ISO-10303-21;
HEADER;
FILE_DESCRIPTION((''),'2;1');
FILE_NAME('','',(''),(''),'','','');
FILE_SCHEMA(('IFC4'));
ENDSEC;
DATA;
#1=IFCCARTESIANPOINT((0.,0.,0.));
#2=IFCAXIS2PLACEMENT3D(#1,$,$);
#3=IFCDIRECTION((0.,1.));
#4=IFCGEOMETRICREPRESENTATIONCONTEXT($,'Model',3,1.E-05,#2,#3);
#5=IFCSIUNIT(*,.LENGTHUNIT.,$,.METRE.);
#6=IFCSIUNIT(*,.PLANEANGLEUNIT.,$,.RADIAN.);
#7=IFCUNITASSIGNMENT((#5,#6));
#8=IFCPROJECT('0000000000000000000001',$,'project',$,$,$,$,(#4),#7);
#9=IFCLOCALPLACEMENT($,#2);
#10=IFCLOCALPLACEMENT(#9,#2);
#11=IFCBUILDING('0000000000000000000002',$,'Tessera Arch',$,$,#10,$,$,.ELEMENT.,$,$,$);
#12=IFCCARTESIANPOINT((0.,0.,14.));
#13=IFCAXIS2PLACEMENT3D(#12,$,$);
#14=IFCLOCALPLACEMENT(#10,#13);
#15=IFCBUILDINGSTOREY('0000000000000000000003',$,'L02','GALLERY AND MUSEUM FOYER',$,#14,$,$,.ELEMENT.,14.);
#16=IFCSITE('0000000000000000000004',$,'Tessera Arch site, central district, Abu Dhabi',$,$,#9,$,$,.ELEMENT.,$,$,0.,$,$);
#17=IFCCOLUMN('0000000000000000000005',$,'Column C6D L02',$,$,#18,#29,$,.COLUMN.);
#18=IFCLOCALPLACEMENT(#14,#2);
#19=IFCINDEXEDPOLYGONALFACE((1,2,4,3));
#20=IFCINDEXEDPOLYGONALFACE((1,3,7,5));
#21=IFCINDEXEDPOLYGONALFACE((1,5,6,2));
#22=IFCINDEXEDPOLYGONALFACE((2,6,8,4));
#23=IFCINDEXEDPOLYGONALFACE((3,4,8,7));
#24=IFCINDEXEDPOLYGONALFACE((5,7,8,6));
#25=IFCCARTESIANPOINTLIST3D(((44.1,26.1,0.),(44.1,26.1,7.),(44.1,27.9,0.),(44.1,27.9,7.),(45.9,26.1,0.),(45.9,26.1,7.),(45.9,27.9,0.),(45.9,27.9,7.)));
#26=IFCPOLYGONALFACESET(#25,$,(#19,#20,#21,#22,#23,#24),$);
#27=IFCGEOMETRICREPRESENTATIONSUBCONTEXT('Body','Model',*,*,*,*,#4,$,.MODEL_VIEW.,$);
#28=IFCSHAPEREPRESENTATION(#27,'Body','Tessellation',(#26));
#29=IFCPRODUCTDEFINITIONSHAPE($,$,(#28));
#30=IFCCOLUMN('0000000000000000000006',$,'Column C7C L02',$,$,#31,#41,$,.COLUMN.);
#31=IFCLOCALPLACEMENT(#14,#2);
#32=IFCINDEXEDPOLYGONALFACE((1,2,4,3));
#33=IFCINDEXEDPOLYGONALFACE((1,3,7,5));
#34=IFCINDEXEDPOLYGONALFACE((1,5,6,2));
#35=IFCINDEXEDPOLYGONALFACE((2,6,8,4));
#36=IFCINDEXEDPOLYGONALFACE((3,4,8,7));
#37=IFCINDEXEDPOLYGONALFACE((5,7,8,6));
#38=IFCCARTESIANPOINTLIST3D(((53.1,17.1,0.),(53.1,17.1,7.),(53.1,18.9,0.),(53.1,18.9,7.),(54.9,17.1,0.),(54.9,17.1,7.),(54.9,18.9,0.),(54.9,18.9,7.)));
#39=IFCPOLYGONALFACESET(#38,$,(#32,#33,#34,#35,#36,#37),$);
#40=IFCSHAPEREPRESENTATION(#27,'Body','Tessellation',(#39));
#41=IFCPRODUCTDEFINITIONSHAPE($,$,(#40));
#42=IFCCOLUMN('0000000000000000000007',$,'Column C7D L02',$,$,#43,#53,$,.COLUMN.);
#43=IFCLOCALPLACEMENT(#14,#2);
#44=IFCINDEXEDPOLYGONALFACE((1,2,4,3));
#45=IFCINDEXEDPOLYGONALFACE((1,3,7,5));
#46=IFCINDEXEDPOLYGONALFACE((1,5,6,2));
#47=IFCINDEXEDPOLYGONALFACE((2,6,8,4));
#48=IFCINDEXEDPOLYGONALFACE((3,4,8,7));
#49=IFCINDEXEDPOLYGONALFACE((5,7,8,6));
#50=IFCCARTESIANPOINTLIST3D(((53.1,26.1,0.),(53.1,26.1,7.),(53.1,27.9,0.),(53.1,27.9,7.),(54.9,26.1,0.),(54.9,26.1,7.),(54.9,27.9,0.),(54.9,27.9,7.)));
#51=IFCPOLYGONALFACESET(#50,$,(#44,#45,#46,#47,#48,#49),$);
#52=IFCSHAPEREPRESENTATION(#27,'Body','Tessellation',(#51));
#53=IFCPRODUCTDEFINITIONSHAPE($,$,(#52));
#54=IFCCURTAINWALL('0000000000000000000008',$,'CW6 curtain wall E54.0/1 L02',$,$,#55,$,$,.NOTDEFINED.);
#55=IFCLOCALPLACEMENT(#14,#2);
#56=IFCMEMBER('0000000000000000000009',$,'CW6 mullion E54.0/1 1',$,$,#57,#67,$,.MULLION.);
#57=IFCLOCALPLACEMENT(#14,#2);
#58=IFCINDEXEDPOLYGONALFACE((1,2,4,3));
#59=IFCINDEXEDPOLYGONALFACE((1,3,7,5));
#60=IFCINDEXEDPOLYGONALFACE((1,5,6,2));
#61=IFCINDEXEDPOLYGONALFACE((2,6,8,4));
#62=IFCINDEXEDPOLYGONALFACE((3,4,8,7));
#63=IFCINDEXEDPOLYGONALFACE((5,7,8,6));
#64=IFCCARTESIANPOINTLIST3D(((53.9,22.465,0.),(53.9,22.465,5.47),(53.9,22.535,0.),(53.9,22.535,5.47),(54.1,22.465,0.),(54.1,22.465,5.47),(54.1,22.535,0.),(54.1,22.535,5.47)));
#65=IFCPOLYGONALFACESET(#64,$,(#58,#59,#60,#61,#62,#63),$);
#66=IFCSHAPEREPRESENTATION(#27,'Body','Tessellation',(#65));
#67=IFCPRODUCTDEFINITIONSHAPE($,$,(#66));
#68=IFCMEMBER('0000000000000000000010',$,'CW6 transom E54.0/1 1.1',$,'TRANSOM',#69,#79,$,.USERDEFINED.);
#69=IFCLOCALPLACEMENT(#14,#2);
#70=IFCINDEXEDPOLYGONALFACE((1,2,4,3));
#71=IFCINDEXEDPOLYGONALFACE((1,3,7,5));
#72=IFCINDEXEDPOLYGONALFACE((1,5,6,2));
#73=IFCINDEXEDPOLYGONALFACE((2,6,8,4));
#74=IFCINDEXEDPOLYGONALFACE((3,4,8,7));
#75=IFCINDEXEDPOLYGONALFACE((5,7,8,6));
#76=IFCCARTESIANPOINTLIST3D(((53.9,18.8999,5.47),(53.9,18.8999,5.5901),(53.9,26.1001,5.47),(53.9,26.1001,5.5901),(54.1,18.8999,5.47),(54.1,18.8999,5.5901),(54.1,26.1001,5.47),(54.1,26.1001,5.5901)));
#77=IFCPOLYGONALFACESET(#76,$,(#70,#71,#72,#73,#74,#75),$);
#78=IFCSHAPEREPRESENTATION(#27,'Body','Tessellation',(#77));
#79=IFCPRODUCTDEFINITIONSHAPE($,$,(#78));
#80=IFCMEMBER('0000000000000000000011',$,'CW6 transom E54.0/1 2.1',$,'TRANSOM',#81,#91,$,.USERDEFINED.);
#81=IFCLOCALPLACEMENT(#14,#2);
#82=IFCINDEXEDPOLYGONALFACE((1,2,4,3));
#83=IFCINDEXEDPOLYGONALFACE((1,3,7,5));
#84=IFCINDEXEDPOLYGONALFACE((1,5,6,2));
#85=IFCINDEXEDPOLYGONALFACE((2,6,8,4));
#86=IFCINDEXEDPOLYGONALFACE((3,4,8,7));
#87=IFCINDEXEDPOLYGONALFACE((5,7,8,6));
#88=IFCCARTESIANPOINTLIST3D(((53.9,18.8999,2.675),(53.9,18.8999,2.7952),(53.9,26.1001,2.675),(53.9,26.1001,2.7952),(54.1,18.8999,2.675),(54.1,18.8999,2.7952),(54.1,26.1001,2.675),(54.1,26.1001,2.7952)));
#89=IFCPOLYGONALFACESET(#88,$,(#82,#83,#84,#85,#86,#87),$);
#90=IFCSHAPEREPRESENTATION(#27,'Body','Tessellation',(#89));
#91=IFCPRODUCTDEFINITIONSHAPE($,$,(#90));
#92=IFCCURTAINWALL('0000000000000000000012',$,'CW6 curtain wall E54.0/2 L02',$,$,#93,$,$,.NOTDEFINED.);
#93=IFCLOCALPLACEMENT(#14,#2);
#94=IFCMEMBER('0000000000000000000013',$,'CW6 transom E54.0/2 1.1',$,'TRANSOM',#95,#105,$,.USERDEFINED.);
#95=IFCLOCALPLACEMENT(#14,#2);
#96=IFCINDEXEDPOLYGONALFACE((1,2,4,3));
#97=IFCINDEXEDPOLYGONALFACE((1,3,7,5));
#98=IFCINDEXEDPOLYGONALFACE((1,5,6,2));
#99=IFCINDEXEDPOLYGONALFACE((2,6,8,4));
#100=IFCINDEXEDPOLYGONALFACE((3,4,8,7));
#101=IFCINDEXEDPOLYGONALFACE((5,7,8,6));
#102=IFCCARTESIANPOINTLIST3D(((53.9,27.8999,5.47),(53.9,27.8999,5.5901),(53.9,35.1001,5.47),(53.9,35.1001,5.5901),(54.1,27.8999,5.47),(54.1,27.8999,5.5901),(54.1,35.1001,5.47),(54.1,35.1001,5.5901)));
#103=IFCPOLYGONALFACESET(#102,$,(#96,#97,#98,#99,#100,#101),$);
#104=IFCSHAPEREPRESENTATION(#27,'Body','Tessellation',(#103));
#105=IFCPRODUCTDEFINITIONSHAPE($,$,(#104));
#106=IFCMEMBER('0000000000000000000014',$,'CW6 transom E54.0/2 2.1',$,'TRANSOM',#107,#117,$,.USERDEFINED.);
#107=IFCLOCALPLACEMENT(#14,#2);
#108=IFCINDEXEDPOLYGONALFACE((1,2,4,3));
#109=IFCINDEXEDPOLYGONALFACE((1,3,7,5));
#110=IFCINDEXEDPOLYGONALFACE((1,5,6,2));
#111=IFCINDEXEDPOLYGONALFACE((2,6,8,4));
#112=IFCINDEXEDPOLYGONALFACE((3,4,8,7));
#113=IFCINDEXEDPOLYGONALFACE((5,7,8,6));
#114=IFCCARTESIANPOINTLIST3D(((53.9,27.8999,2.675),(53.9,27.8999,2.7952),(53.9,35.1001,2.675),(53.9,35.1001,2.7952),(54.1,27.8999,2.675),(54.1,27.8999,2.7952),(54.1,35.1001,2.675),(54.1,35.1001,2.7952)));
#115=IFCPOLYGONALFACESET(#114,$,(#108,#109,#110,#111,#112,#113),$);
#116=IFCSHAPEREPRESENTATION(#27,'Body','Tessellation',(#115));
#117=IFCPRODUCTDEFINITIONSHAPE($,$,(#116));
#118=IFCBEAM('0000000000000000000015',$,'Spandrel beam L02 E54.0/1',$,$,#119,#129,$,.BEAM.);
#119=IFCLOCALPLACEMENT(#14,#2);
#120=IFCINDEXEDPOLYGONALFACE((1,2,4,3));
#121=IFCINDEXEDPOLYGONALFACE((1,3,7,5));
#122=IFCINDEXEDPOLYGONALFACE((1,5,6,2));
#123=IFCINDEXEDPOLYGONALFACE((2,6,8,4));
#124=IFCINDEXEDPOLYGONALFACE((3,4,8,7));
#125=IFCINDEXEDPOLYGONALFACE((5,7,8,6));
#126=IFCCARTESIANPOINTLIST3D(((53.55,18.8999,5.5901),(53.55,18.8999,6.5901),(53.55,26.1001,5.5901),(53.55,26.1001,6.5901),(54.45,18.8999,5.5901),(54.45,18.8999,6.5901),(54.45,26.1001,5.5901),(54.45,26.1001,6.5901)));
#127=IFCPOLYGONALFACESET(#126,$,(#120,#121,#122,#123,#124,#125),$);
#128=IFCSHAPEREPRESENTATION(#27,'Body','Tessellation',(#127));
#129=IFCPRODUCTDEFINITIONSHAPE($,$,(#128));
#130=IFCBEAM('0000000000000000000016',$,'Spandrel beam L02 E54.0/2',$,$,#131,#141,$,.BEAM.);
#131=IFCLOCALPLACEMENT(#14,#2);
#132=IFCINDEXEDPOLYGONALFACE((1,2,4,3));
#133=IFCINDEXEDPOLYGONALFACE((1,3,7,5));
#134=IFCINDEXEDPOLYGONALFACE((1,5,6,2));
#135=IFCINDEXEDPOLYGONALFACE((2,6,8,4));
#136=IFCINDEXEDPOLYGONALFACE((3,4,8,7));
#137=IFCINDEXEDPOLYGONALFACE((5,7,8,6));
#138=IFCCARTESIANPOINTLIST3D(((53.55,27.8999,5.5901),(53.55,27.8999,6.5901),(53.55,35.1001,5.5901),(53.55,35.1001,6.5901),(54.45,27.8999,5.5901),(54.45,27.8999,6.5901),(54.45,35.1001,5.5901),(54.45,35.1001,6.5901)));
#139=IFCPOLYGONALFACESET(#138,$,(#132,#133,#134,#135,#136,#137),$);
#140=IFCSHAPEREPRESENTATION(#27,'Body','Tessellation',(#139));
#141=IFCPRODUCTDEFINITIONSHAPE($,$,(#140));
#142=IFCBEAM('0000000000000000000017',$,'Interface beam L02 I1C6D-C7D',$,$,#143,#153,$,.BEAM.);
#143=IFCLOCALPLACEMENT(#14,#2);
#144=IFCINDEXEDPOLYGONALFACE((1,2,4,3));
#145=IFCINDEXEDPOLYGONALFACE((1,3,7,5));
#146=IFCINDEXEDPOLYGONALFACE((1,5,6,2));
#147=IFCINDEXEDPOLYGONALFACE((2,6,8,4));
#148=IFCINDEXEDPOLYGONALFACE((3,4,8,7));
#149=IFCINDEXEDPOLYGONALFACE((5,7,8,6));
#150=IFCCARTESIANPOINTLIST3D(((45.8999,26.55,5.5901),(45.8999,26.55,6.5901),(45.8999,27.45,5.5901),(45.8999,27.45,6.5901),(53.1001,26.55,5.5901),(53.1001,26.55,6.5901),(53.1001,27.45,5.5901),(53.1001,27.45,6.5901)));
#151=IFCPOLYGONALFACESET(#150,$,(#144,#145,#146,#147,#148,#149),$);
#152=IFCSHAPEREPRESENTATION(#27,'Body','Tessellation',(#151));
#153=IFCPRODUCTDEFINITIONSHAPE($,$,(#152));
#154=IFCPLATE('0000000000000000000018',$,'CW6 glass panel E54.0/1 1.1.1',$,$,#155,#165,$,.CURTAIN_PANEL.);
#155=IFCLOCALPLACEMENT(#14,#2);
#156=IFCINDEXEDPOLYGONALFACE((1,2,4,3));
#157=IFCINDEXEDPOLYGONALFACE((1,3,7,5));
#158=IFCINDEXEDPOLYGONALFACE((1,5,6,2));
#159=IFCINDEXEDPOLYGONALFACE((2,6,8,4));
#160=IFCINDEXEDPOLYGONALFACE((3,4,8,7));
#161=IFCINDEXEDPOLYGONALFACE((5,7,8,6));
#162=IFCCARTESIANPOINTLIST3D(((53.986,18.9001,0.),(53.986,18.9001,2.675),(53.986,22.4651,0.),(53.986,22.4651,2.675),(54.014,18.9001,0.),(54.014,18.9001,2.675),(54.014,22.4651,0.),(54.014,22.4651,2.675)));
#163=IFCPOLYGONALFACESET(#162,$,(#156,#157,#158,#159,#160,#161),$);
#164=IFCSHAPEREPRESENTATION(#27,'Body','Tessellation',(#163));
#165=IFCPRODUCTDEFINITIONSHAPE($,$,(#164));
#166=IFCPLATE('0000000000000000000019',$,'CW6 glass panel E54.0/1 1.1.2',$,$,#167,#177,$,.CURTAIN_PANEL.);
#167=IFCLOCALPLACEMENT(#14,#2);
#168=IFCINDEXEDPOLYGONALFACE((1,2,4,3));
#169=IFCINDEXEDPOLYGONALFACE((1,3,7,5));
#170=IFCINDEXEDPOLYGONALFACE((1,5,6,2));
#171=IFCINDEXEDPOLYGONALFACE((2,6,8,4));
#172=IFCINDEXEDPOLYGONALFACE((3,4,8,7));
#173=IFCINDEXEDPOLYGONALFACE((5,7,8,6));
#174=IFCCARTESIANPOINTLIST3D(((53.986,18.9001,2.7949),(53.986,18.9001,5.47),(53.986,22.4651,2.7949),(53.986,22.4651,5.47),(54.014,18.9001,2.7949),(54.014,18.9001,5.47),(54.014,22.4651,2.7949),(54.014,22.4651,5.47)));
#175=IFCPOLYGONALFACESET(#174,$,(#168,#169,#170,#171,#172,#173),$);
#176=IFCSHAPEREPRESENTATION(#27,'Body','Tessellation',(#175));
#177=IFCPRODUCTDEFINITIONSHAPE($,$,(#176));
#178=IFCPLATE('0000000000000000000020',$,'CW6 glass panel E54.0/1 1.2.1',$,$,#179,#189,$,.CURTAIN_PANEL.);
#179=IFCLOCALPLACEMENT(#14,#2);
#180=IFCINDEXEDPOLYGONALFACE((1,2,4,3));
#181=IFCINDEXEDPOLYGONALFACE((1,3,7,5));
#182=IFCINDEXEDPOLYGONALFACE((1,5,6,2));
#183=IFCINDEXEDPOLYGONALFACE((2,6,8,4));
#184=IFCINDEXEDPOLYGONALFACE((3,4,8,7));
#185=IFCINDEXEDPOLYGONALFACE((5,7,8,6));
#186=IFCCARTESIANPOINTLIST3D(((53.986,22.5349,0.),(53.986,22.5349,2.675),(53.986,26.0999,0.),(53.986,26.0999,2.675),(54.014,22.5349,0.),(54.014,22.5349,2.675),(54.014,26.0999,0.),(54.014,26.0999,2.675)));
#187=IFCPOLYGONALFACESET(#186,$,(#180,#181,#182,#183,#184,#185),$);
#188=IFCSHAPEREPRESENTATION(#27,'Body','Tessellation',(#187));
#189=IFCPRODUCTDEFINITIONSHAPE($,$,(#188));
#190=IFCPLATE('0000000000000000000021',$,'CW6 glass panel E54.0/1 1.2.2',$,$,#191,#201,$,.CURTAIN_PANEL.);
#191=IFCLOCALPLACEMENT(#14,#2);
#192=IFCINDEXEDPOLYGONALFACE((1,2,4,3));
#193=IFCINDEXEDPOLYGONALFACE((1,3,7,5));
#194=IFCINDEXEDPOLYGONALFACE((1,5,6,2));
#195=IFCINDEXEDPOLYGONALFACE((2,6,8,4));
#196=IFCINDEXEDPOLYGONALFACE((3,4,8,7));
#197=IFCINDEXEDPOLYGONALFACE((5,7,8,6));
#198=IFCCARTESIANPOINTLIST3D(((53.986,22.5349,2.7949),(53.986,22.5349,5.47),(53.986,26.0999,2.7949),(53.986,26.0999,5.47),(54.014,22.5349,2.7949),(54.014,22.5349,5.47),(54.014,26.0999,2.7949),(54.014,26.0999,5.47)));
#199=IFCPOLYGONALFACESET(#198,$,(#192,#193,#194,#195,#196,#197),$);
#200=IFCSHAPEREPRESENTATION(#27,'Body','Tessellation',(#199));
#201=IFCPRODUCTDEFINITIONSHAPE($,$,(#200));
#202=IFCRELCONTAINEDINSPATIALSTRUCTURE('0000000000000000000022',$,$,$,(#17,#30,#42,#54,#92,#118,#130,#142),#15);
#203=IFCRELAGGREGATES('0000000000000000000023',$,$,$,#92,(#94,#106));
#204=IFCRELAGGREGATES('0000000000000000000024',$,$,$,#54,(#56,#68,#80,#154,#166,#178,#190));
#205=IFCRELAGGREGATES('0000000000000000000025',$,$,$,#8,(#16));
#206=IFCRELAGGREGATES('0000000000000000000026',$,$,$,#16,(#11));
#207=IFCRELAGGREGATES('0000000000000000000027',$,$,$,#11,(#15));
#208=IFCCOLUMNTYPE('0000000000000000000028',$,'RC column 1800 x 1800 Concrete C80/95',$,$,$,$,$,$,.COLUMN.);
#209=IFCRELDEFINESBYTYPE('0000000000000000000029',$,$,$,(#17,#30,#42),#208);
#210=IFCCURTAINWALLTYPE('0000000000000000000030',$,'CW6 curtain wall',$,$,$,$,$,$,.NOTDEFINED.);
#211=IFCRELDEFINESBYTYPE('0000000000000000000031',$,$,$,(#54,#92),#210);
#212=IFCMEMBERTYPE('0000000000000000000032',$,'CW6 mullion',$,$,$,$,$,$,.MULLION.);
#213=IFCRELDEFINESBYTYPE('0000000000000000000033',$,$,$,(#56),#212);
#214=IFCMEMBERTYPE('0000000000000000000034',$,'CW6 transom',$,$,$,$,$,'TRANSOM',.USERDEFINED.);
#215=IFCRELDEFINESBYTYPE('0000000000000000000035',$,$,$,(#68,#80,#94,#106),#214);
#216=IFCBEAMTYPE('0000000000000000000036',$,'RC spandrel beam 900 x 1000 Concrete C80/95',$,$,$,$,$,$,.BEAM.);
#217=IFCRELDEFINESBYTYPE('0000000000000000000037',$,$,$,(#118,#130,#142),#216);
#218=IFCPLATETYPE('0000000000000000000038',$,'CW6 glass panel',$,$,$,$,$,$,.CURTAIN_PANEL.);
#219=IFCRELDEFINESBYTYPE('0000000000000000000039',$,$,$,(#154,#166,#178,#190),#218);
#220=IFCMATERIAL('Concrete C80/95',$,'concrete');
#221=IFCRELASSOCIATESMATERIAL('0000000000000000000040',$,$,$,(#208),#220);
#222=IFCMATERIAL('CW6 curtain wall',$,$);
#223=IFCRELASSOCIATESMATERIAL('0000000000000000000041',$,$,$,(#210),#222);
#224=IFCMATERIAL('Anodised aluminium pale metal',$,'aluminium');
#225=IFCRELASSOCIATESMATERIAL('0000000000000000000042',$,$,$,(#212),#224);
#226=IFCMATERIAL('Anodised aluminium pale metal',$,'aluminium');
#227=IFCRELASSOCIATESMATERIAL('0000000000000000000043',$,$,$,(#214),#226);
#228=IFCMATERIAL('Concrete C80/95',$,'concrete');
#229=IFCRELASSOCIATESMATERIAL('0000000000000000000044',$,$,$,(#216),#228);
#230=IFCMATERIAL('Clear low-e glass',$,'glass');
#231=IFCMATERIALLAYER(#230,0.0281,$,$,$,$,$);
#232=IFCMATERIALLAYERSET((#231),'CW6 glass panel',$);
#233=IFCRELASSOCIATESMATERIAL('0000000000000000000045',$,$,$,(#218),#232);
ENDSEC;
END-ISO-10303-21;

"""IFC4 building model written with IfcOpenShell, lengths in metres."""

from ifc_helpers import new_model, si_unit, direction, frame, origin, origin_2d, place, context, subcontext, project, spatial, rectangle, extrude, material, layer, layer_set, material_profile, profile_set, type_object, element, aggregate, save


model = new_model("IFC4")

# Units and contexts
model_context = context("Model", 3, precision=1e-05, world=origin(), true_north=direction((0.0, 1.0)))
body_context = subcontext(model_context, "Body", "Model", "MODEL_VIEW")
ifc_project = project(units=[si_unit("LENGTHUNIT", "METRE"), si_unit("PLANEANGLEUNIT", "RADIAN")], contexts=[model_context])

# Site, building, storey
site_placement = place(None, origin())
site = spatial("IfcSite", under=ifc_project, at=site_placement, Name="Tessera Arch site, central district, Abu Dhabi", CompositionType="ELEMENT", RefElevation=0.0)
building_placement = place(site_placement, origin())
building = spatial("IfcBuilding", under=site, at=building_placement, Name="Tessera Arch", CompositionType="ELEMENT")
storey_placement = place(building_placement, frame((0.0, 0.0, 14.0)))
storey = spatial("IfcBuildingStorey", under=building, at=storey_placement, Name="L02", Description="GALLERY AND MUSEUM FOYER", CompositionType="ELEMENT", Elevation=14.0)

# Columns
ifc_material_1 = material(Name="Concrete C80/95", Category="concrete")
ifc_material_profile_1 = material_profile(ifc_material_1, rectangle(XDim=1.8, YDim=1.8, at=origin_2d()), Name="RC column 1800 x 1800 Concrete C80/95")
ifc_profile_set_1 = profile_set([ifc_material_profile_1], Name="Concrete C80/95")
column_type = type_object("IfcColumnType", Name="RC column 1800 x 1800 Concrete C80/95", PredefinedType="COLUMN", material=ifc_profile_set_1)
for number, where, z_axis, x_axis, name in (
    (1, (45.0, 27.0, 0.0), (0.0, 0.0, 1.0), (1.0, 0.0, 0.0), "Column C6D L02"),
    (2, (54.0, 18.0, 0.0), (0.0, 0.0, 1.0), (1.0, 0.0, 0.0), "Column C7C L02"),
    (3, (54.0, 27.0, 0.0), (0.0, 0.0, 1.0), (1.0, 0.0, 0.0), "Column C7D L02"),
):
    element("IfcColumn", number, at=place(storey_placement, frame(where, z_axis=z_axis, x_axis=x_axis)), inside=storey, type_object=column_type, Name=name, PredefinedType="COLUMN", context=body_context, shape_type="SweptSolid", body=[
        extrude(rectangle(XDim=1.8, YDim=1.8, at=origin_2d()), origin(), (0.0, 0.0, 1.0), 7.0),
    ])

# Curtain walls, members
ifc_material_2 = material(Name="CW6 curtain wall")
curtain_wall_type = type_object("IfcCurtainWallType", Name="CW6 curtain wall", PredefinedType="NOTDEFINED", material=ifc_material_2)
curtain_wall_1_placement = place(storey_placement, origin())
curtain_wall_1 = element("IfcCurtainWall", 4, at=curtain_wall_1_placement, inside=storey, type_object=curtain_wall_type, Name="CW6 curtain wall E54.0/1 L02", PredefinedType="NOTDEFINED")
ifc_material_3 = material(Name="Anodised aluminium pale metal", Category="aluminium")
ifc_material_profile_2 = material_profile(ifc_material_3, rectangle(XDim=0.2, YDim=0.0701, at=origin_2d()), Name="AL 70x200")
ifc_profile_set_2 = profile_set([ifc_material_profile_2], Name="Anodised aluminium pale metal")
member_type_1 = type_object("IfcMemberType", Name="CW6 mullion", PredefinedType="MULLION", material=ifc_profile_set_2)
member_1_placement = place(storey_placement, frame((54.0, 22.5, 0.0), z_axis=(0.0, 0.0, 1.0), x_axis=(-1.0, 0.0, 0.0)))
member_1 = element("IfcMember", 5, at=member_1_placement, type_object=member_type_1, Name="CW6 mullion E54.0/1 1", PredefinedType="MULLION", context=body_context, shape_type="SweptSolid", body=[
    extrude(rectangle(XDim=0.2, YDim=0.0701, at=origin_2d()), origin(), (0.0, 0.0, 1.0), 5.47),
])
ifc_material_4 = material(Name="Anodised aluminium pale metal", Category="aluminium")
ifc_material_profile_3 = material_profile(ifc_material_4, rectangle(XDim=0.2, YDim=0.1201, at=origin_2d()), Name="AL 200x120")
ifc_profile_set_3 = profile_set([ifc_material_profile_3], Name="Anodised aluminium pale metal")
member_type_2 = type_object("IfcMemberType", Name="CW6 transom", ElementType="TRANSOM", PredefinedType="USERDEFINED", material=ifc_profile_set_3)
member_2_placement = place(storey_placement, frame((54.0, 18.8999, 5.53), z_axis=(0.0, 1.0, 0.0), x_axis=(-1.0, 0.0, 0.0)))
member_2 = element("IfcMember", 6, at=member_2_placement, type_object=member_type_2, Name="CW6 transom E54.0/1 1.1", ObjectType="TRANSOM", PredefinedType="USERDEFINED", context=body_context, shape_type="SweptSolid", body=[
    extrude(rectangle(XDim=0.2, YDim=0.1201, at=origin_2d()), origin(), (0.0, 0.0, 1.0), 7.2002),
])
member_3_placement = place(storey_placement, frame((54.0, 18.8999, 2.7351), z_axis=(0.0, 1.0, 0.0), x_axis=(-1.0, 0.0, 0.0)))
member_3 = element("IfcMember", 7, at=member_3_placement, type_object=member_type_2, Name="CW6 transom E54.0/1 2.1", ObjectType="TRANSOM", PredefinedType="USERDEFINED", context=body_context, shape_type="SweptSolid", body=[
    extrude(rectangle(XDim=0.2, YDim=0.1201, at=origin_2d()), origin(), (0.0, 0.0, 1.0), 7.2002),
])
curtain_wall_2_placement = place(storey_placement, origin())
curtain_wall_2 = element("IfcCurtainWall", 8, at=curtain_wall_2_placement, inside=storey, type_object=curtain_wall_type, Name="CW6 curtain wall E54.0/2 L02", PredefinedType="NOTDEFINED")
member_4_placement = place(storey_placement, frame((54.0, 27.8999, 5.53), z_axis=(0.0, 1.0, 0.0), x_axis=(-1.0, 0.0, 0.0)))
member_4 = element("IfcMember", 9, at=member_4_placement, type_object=member_type_2, Name="CW6 transom E54.0/2 1.1", ObjectType="TRANSOM", PredefinedType="USERDEFINED", context=body_context, shape_type="SweptSolid", body=[
    extrude(rectangle(XDim=0.2, YDim=0.1201, at=origin_2d()), origin(), (0.0, 0.0, 1.0), 7.2002),
])
member_5_placement = place(storey_placement, frame((54.0, 27.8999, 2.7351), z_axis=(0.0, 1.0, 0.0), x_axis=(-1.0, 0.0, 0.0)))
member_5 = element("IfcMember", 10, at=member_5_placement, type_object=member_type_2, Name="CW6 transom E54.0/2 2.1", ObjectType="TRANSOM", PredefinedType="USERDEFINED", context=body_context, shape_type="SweptSolid", body=[
    extrude(rectangle(XDim=0.2, YDim=0.1201, at=origin_2d()), origin(), (0.0, 0.0, 1.0), 7.2002),
])
aggregate(curtain_wall_2, [member_4, member_5])

# Beams
ifc_material_5 = material(Name="Concrete C80/95", Category="concrete")
ifc_material_profile_4 = material_profile(ifc_material_5, rectangle(XDim=0.8999, YDim=1.0, at=origin_2d()), Name="RC spandrel beam 900 x 1000 Concrete C80/95")
ifc_profile_set_4 = profile_set([ifc_material_profile_4], Name="Concrete C80/95")
beam_type = type_object("IfcBeamType", Name="RC spandrel beam 900 x 1000 Concrete C80/95", PredefinedType="BEAM", material=ifc_profile_set_4)
for number, where, z_axis, x_axis, name in (
    (11, (54.0, 18.8999, 6.0901), (0.0, 1.0, 0.0), (-1.0, 0.0, 0.0), "Spandrel beam L02 E54.0/1"),
    (12, (54.0, 27.8999, 6.0901), (0.0, 1.0, 0.0), (-1.0, 0.0, 0.0), "Spandrel beam L02 E54.0/2"),
    (13, (45.8999, 27.0, 6.0901), (1.0, 0.0, 0.0), (0.0, 1.0, 0.0), "Interface beam L02 I1C6D-C7D"),
):
    element("IfcBeam", number, at=place(storey_placement, frame(where, z_axis=z_axis, x_axis=x_axis)), inside=storey, type_object=beam_type, Name=name, PredefinedType="BEAM", context=body_context, shape_type="SweptSolid", body=[
        extrude(rectangle(XDim=0.8999, YDim=1.0, at=origin_2d()), origin(), (0.0, 0.0, 1.0), 7.2002),
    ])

# Plates
ifc_material_6 = material(Name="Clear low-e glass", Category="glass")
ifc_layer_1 = layer(ifc_material_6, 0.0281)
ifc_layer_set_1 = layer_set([ifc_layer_1], Name="CW6 glass panel")
plate_type_1 = type_object("IfcPlateType", Name="CW6 glass panel", PredefinedType="CURTAIN_PANEL", material=ifc_layer_set_1)
plate_1_placement = place(storey_placement, frame((54.0, 20.6826, 0.0), z_axis=(0.0, 0.0, 1.0), x_axis=(0.0, 1.0, 0.0)))
plate_1 = element("IfcPlate", 14, at=plate_1_placement, type_object=plate_type_1, Name="CW6 glass panel E54.0/1 1.1.1", PredefinedType="CURTAIN_PANEL", context=body_context, shape_type="SweptSolid", body=[
    extrude(rectangle(XDim=3.5649, YDim=0.0281, at=origin_2d()), origin(), (0.0, 0.0, 1.0), 2.675),
])
plate_2_placement = place(storey_placement, frame((54.0, 20.6826, 2.7949), z_axis=(0.0, 0.0, 1.0), x_axis=(0.0, 1.0, 0.0)))
plate_2 = element("IfcPlate", 15, at=plate_2_placement, type_object=plate_type_1, Name="CW6 glass panel E54.0/1 1.1.2", PredefinedType="CURTAIN_PANEL", context=body_context, shape_type="SweptSolid", body=[
    extrude(rectangle(XDim=3.5649, YDim=0.0281, at=origin_2d()), origin(), (0.0, 0.0, 1.0), 2.675),
])
plate_3_placement = place(storey_placement, frame((54.0, 24.3174, 0.0), z_axis=(0.0, 0.0, 1.0), x_axis=(0.0, 1.0, 0.0)))
plate_3 = element("IfcPlate", 16, at=plate_3_placement, type_object=plate_type_1, Name="CW6 glass panel E54.0/1 1.2.1", PredefinedType="CURTAIN_PANEL", context=body_context, shape_type="SweptSolid", body=[
    extrude(rectangle(XDim=3.5649, YDim=0.0281, at=origin_2d()), origin(), (0.0, 0.0, 1.0), 2.675),
])
plate_4_placement = place(storey_placement, frame((54.0, 24.3174, 2.7949), z_axis=(0.0, 0.0, 1.0), x_axis=(0.0, 1.0, 0.0)))
plate_4 = element("IfcPlate", 17, at=plate_4_placement, type_object=plate_type_1, Name="CW6 glass panel E54.0/1 1.2.2", PredefinedType="CURTAIN_PANEL", context=body_context, shape_type="SweptSolid", body=[
    extrude(rectangle(XDim=3.5649, YDim=0.0281, at=origin_2d()), origin(), (0.0, 0.0, 1.0), 2.675),
])
aggregate(curtain_wall_1, [member_1, member_2, member_3, plate_1, plate_2, plate_3, plate_4])

save(model, "model.ifc")
